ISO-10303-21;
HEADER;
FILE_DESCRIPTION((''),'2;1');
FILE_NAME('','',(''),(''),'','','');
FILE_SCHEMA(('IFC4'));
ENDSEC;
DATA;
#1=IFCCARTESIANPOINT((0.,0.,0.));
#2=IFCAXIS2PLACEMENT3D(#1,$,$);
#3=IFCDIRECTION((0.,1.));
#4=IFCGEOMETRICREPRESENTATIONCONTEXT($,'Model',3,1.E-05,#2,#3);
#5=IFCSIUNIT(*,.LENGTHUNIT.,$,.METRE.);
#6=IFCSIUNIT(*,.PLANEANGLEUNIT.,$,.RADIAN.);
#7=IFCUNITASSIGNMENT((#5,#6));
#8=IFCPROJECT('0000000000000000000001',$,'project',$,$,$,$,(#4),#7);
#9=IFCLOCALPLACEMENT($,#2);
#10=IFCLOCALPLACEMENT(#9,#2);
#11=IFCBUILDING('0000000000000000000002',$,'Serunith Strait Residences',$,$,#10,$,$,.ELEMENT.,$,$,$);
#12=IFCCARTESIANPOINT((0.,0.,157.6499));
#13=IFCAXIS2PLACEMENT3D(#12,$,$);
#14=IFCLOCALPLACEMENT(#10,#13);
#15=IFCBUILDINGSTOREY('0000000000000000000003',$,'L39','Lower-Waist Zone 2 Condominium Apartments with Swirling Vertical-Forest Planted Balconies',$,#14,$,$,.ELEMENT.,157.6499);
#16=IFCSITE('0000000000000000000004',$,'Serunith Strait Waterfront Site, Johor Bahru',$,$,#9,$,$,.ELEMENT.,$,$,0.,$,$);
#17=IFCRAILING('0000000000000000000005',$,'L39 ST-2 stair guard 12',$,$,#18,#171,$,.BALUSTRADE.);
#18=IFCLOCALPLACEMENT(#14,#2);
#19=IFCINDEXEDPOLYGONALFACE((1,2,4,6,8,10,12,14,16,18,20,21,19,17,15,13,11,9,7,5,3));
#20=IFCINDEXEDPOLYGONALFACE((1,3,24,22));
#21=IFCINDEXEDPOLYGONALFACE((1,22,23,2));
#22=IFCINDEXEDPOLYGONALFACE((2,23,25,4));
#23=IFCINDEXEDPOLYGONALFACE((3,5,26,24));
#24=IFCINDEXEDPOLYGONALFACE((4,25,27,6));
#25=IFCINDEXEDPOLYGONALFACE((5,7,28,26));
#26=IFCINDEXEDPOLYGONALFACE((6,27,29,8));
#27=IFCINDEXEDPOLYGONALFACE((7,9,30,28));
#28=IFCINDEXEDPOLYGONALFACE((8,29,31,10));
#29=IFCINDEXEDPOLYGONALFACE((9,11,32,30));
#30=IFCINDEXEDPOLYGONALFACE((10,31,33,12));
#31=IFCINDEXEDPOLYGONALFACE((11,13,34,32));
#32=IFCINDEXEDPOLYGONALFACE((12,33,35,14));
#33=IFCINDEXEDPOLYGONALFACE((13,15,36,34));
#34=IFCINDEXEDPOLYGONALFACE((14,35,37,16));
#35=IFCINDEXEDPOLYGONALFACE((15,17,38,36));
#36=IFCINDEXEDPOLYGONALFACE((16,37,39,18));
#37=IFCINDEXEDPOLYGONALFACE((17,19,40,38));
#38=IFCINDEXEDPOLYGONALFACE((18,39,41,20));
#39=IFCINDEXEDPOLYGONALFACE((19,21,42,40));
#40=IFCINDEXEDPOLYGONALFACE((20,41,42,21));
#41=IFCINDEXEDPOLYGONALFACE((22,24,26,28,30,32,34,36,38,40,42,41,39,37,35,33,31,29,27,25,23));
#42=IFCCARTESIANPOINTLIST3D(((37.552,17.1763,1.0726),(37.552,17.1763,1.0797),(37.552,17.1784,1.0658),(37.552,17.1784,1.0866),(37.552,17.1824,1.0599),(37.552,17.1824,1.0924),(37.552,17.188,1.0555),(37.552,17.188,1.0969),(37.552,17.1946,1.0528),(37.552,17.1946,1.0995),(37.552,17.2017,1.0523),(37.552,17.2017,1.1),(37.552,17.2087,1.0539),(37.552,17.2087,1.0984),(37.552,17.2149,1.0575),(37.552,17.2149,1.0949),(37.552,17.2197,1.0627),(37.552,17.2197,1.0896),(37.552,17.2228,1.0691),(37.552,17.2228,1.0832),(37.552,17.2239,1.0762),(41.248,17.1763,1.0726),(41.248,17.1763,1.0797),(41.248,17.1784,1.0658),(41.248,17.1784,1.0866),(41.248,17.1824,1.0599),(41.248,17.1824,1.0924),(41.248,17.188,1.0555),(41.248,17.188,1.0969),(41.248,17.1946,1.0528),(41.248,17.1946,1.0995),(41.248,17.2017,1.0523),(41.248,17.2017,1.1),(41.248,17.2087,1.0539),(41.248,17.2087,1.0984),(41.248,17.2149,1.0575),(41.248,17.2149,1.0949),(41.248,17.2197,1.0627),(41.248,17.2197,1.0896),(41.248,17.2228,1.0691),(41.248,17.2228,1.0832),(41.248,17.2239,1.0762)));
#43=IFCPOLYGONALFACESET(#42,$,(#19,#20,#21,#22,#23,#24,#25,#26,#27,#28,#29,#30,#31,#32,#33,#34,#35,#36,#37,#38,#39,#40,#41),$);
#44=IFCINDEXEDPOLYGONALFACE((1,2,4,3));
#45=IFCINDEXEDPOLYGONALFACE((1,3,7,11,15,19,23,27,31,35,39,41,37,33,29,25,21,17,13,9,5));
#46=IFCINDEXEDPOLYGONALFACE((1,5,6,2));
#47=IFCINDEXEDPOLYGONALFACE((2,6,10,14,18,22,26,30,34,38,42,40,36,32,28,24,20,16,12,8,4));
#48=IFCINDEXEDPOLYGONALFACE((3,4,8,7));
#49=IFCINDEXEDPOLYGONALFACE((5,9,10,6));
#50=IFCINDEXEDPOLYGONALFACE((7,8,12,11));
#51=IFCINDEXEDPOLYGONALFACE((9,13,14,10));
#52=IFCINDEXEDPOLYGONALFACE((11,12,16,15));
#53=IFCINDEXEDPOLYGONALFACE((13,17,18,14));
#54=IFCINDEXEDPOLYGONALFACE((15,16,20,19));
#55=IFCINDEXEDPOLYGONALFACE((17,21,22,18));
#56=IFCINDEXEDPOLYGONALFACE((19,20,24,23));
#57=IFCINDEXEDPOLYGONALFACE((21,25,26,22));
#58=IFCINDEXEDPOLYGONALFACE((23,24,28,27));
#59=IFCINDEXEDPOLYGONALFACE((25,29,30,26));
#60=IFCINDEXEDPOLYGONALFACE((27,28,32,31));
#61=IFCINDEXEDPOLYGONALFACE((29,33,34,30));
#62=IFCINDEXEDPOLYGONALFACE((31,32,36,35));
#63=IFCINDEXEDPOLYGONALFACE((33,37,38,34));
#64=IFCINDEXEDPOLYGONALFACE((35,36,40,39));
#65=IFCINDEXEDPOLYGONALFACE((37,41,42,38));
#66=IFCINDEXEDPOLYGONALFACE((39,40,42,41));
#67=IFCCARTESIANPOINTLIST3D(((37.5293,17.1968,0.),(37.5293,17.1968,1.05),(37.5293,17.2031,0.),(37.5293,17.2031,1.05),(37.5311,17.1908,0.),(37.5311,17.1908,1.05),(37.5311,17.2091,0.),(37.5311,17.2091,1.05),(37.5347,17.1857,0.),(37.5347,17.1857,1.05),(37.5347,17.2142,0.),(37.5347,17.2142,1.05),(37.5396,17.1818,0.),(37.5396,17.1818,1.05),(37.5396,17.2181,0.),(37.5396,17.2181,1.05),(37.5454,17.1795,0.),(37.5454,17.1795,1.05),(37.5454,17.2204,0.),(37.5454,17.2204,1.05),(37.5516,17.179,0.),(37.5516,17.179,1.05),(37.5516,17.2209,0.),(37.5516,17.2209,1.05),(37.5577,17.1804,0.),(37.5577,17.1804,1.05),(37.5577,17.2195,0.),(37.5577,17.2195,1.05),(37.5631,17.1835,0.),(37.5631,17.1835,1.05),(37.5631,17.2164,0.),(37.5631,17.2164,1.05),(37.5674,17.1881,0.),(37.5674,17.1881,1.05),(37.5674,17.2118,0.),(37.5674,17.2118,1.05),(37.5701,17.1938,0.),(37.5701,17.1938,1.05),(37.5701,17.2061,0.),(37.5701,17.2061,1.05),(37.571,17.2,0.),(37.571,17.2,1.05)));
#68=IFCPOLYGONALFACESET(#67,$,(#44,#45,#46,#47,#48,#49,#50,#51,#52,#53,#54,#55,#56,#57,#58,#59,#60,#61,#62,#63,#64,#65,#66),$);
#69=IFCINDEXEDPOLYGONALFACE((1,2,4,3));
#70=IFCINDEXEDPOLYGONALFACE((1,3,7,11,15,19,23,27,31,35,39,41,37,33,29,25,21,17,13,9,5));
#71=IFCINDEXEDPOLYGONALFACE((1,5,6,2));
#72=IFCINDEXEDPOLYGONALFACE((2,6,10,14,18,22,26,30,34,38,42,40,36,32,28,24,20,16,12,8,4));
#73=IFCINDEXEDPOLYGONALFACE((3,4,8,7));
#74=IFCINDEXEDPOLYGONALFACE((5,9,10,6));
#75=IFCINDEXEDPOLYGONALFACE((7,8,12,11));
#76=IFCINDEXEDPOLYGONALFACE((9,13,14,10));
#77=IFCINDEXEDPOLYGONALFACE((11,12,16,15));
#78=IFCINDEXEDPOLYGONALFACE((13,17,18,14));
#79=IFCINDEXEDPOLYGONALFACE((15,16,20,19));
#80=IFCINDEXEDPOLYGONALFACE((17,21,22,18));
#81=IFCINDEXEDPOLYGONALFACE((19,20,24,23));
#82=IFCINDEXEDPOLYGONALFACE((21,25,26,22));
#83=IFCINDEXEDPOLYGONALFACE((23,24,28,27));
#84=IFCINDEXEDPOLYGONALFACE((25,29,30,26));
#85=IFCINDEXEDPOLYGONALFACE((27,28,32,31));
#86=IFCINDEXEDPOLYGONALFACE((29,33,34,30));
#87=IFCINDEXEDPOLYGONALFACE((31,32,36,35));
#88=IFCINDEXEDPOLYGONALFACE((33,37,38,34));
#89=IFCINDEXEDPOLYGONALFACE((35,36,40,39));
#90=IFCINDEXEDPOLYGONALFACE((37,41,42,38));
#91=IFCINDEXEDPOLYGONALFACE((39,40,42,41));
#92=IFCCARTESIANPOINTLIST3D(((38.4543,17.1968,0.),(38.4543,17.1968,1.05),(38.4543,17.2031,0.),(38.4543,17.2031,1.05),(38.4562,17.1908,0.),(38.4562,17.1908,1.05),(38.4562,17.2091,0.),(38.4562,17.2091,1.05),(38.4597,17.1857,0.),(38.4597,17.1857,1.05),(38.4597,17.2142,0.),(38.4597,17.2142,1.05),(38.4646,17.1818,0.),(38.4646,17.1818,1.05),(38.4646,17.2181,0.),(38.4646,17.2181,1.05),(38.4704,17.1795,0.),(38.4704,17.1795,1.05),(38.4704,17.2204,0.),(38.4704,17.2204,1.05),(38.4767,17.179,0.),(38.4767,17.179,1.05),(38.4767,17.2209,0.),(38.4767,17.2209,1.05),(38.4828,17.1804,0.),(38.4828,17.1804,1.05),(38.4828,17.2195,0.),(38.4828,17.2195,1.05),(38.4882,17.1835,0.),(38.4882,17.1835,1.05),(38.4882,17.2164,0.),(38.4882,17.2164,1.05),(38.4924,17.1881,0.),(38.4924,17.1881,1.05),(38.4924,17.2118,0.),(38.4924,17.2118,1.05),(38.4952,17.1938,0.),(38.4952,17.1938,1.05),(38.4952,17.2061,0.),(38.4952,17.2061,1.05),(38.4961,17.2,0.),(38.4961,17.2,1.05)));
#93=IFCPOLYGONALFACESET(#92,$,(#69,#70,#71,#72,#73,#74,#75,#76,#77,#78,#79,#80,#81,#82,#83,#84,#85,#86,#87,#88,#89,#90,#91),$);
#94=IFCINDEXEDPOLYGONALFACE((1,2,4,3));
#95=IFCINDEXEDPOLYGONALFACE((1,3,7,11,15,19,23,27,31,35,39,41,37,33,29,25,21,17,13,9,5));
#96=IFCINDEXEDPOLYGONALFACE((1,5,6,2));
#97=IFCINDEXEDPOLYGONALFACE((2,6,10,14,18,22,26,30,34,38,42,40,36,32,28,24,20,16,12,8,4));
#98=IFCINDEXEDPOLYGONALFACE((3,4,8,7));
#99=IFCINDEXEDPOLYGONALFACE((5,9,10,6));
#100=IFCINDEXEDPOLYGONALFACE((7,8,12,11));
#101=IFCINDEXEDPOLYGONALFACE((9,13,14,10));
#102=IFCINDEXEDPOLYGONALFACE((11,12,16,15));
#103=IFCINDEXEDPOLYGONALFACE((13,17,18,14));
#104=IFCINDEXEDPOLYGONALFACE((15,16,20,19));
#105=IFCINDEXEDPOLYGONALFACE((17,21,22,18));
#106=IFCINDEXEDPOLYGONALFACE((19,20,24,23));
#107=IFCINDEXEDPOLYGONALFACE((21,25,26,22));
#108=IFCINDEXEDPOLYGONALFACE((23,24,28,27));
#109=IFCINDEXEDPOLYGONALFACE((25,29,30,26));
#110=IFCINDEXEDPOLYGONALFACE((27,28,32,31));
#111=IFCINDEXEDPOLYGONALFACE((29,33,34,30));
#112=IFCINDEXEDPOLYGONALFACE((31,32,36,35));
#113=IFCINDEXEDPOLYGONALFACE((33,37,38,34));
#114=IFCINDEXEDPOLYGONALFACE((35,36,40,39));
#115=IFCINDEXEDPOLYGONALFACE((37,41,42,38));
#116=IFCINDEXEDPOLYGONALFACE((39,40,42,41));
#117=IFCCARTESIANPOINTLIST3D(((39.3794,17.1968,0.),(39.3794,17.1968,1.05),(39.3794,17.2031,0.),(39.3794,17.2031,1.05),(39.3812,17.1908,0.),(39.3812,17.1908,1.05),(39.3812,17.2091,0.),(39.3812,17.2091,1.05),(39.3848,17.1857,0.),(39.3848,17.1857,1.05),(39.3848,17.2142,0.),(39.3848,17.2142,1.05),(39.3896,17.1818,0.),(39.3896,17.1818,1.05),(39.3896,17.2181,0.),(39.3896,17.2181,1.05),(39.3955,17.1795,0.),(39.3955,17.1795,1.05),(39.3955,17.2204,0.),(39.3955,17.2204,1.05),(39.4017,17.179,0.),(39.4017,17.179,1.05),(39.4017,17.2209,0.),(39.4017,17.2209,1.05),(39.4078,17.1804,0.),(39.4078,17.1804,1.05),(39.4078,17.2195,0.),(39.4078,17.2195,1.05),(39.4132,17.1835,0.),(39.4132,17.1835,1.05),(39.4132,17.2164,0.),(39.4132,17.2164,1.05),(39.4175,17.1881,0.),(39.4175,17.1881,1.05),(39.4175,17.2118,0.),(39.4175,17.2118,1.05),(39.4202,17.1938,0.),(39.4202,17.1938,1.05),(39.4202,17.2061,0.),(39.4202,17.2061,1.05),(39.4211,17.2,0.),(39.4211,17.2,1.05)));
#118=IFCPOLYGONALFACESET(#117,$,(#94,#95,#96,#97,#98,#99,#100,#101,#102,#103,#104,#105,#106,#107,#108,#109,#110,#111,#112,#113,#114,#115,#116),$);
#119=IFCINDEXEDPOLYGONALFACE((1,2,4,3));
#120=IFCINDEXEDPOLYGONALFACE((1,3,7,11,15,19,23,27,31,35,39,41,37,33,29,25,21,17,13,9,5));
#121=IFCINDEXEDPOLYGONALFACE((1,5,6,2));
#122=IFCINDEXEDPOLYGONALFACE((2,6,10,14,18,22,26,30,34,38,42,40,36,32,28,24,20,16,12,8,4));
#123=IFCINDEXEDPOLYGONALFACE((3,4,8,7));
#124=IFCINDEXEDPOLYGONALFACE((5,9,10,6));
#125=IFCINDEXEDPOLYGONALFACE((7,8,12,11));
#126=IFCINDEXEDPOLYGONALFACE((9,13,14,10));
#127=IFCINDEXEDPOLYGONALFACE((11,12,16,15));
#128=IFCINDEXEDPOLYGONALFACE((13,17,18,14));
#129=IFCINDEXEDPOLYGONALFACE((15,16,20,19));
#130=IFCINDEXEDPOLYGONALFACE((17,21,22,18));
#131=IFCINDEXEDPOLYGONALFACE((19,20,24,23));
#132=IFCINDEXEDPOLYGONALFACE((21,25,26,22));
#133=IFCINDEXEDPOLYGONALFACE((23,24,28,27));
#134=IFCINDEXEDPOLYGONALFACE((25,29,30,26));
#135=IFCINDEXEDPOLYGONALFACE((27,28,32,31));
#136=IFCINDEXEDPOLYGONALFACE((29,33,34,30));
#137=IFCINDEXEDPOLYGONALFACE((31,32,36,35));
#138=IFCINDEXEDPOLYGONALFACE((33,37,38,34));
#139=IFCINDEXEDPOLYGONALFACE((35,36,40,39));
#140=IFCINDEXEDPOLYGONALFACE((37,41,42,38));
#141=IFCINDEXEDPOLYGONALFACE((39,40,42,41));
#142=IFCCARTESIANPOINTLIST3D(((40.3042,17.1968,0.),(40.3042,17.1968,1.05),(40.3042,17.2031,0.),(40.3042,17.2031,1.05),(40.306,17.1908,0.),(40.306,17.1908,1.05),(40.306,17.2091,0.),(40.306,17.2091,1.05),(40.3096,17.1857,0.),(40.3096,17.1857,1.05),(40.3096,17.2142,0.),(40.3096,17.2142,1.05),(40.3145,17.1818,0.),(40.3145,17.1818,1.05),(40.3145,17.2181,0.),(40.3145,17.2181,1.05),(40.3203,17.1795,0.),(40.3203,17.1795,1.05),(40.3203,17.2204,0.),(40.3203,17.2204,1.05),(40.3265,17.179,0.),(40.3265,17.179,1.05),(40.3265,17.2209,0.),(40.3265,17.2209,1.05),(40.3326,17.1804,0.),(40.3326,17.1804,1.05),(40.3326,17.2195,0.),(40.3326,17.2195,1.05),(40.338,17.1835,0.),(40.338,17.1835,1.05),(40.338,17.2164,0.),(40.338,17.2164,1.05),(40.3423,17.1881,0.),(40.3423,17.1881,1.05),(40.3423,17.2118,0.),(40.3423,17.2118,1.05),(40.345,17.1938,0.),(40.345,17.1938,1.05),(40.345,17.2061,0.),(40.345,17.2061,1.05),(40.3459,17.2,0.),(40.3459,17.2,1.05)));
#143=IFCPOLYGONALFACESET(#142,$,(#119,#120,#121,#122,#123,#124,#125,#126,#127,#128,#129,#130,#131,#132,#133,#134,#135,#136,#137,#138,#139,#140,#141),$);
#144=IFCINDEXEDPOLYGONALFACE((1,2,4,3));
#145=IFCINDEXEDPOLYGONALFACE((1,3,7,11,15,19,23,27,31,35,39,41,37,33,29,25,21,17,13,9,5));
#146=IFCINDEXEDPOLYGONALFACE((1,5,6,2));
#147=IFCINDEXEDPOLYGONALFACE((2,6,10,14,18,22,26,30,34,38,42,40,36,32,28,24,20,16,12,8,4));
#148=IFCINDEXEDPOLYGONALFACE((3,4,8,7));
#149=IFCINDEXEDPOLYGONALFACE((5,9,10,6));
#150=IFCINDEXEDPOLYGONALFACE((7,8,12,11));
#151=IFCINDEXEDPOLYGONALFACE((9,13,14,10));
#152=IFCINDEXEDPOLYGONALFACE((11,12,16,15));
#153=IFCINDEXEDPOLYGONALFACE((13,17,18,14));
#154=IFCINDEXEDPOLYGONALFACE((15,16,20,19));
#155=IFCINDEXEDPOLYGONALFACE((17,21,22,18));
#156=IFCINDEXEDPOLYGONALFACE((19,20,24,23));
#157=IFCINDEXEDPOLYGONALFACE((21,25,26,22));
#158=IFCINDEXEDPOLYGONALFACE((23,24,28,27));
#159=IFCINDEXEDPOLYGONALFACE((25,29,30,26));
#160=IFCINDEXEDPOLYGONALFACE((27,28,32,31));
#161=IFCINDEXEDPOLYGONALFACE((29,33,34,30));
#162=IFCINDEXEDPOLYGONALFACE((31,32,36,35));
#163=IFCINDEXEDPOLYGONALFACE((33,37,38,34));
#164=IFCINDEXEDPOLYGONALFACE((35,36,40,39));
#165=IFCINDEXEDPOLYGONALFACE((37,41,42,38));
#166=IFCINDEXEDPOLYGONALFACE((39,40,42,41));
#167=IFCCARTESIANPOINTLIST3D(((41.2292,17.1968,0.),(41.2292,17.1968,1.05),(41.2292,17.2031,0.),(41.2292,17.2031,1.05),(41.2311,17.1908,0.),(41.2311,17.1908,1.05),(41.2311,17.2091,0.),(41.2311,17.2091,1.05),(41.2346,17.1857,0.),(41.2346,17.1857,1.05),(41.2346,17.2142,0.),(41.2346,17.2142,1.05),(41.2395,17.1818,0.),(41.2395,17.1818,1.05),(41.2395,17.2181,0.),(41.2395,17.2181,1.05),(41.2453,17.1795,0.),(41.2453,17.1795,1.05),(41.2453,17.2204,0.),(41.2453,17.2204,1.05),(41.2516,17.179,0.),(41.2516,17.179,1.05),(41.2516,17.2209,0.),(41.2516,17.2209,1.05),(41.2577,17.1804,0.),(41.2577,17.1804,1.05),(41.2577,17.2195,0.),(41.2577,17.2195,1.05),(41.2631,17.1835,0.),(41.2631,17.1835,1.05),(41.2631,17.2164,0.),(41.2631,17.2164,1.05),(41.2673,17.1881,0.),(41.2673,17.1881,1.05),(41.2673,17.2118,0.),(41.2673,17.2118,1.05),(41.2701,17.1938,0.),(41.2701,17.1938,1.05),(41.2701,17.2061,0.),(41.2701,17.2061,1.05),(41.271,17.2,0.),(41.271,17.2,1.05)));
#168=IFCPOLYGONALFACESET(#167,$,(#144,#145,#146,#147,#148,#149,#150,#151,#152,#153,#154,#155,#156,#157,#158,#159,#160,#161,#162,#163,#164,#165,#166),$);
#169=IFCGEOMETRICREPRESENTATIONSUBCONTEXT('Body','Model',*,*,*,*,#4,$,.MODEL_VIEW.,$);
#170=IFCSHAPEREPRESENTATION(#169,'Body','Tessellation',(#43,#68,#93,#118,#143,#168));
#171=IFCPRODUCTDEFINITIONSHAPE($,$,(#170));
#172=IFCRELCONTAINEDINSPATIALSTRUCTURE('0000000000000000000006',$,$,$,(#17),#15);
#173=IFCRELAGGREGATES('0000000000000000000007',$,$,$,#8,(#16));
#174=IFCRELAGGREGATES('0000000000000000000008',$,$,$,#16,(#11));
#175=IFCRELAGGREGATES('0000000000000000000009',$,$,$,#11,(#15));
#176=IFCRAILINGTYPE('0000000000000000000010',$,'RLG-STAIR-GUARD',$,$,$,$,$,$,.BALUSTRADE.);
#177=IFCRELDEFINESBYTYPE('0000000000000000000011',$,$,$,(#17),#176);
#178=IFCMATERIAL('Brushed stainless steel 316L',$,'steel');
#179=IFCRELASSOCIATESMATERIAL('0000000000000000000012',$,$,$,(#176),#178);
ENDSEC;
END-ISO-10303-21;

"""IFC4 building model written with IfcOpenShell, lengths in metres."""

from ifc_helpers import new_model, si_unit, direction, frame, origin, origin_2d, place, context, subcontext, project, spatial, circle, extrude, material, type_object, element, save


model = new_model("IFC4")

# Units and contexts
model_context = context("Model", 3, precision=1e-05, world=origin(), true_north=direction((0.0, 1.0)))
body_context = subcontext(model_context, "Body", "Model", "MODEL_VIEW")
ifc_project = project(units=[si_unit("LENGTHUNIT", "METRE"), si_unit("PLANEANGLEUNIT", "RADIAN")], contexts=[model_context])

# Site, building, storey
site_placement = place(None, origin())
site = spatial("IfcSite", under=ifc_project, at=site_placement, Name="Serunith Strait Waterfront Site, Johor Bahru", CompositionType="ELEMENT", RefElevation=0.0)
building_placement = place(site_placement, origin())
building = spatial("IfcBuilding", under=site, at=building_placement, Name="Serunith Strait Residences", CompositionType="ELEMENT")
storey_placement = place(building_placement, frame((0.0, 0.0, 157.6499)))
storey = spatial("IfcBuildingStorey", under=building, at=storey_placement, Name="L39", Description="Lower-Waist Zone 2 Condominium Apartments with Swirling Vertical-Forest Planted Balconies", CompositionType="ELEMENT", Elevation=157.6499)

# Railing
ifc_material_1 = material(Name="Brushed stainless steel 316L", Category="steel")
railing_type_1 = type_object("IfcRailingType", Name="RLG-STAIR-GUARD", PredefinedType="BALUSTRADE", material=ifc_material_1)
railing_1_placement = place(storey_placement, frame((37.55, 17.2, 0.0)))
element("IfcRailing", 1, at=railing_1_placement, inside=storey, type_object=railing_type_1, Name="L39 ST-2 stair guard 12", PredefinedType="BALUSTRADE", context=body_context, shape_type="SweptSolid", body=[
    extrude(circle(Radius=0.0239, at=origin_2d()), frame((0.002, 0.0, 1.0762), z_axis=(1.0, 0.0, 0.0), x_axis=(0.0, 1.0, 0.0)), (0.0, 0.0, 1.0), 3.696),
    extrude(circle(Radius=0.021, at=origin_2d()), origin(), (0.0, 0.0, 1.0), 1.05),
    extrude(circle(Radius=0.021, at=origin_2d()), frame((0.925, 0.0, 0.0)), (0.0, 0.0, 1.0), 1.05),
    extrude(circle(Radius=0.021, at=origin_2d()), frame((1.8501, 0.0, 0.0)), (0.0, 0.0, 1.0), 1.05),
    extrude(circle(Radius=0.021, at=origin_2d()), frame((2.7749, 0.0, 0.0)), (0.0, 0.0, 1.0), 1.05),
    extrude(circle(Radius=0.021, at=origin_2d()), frame((3.7, 0.0, 0.0)), (0.0, 0.0, 1.0), 1.05),
])

save(model, "model.ifc")
